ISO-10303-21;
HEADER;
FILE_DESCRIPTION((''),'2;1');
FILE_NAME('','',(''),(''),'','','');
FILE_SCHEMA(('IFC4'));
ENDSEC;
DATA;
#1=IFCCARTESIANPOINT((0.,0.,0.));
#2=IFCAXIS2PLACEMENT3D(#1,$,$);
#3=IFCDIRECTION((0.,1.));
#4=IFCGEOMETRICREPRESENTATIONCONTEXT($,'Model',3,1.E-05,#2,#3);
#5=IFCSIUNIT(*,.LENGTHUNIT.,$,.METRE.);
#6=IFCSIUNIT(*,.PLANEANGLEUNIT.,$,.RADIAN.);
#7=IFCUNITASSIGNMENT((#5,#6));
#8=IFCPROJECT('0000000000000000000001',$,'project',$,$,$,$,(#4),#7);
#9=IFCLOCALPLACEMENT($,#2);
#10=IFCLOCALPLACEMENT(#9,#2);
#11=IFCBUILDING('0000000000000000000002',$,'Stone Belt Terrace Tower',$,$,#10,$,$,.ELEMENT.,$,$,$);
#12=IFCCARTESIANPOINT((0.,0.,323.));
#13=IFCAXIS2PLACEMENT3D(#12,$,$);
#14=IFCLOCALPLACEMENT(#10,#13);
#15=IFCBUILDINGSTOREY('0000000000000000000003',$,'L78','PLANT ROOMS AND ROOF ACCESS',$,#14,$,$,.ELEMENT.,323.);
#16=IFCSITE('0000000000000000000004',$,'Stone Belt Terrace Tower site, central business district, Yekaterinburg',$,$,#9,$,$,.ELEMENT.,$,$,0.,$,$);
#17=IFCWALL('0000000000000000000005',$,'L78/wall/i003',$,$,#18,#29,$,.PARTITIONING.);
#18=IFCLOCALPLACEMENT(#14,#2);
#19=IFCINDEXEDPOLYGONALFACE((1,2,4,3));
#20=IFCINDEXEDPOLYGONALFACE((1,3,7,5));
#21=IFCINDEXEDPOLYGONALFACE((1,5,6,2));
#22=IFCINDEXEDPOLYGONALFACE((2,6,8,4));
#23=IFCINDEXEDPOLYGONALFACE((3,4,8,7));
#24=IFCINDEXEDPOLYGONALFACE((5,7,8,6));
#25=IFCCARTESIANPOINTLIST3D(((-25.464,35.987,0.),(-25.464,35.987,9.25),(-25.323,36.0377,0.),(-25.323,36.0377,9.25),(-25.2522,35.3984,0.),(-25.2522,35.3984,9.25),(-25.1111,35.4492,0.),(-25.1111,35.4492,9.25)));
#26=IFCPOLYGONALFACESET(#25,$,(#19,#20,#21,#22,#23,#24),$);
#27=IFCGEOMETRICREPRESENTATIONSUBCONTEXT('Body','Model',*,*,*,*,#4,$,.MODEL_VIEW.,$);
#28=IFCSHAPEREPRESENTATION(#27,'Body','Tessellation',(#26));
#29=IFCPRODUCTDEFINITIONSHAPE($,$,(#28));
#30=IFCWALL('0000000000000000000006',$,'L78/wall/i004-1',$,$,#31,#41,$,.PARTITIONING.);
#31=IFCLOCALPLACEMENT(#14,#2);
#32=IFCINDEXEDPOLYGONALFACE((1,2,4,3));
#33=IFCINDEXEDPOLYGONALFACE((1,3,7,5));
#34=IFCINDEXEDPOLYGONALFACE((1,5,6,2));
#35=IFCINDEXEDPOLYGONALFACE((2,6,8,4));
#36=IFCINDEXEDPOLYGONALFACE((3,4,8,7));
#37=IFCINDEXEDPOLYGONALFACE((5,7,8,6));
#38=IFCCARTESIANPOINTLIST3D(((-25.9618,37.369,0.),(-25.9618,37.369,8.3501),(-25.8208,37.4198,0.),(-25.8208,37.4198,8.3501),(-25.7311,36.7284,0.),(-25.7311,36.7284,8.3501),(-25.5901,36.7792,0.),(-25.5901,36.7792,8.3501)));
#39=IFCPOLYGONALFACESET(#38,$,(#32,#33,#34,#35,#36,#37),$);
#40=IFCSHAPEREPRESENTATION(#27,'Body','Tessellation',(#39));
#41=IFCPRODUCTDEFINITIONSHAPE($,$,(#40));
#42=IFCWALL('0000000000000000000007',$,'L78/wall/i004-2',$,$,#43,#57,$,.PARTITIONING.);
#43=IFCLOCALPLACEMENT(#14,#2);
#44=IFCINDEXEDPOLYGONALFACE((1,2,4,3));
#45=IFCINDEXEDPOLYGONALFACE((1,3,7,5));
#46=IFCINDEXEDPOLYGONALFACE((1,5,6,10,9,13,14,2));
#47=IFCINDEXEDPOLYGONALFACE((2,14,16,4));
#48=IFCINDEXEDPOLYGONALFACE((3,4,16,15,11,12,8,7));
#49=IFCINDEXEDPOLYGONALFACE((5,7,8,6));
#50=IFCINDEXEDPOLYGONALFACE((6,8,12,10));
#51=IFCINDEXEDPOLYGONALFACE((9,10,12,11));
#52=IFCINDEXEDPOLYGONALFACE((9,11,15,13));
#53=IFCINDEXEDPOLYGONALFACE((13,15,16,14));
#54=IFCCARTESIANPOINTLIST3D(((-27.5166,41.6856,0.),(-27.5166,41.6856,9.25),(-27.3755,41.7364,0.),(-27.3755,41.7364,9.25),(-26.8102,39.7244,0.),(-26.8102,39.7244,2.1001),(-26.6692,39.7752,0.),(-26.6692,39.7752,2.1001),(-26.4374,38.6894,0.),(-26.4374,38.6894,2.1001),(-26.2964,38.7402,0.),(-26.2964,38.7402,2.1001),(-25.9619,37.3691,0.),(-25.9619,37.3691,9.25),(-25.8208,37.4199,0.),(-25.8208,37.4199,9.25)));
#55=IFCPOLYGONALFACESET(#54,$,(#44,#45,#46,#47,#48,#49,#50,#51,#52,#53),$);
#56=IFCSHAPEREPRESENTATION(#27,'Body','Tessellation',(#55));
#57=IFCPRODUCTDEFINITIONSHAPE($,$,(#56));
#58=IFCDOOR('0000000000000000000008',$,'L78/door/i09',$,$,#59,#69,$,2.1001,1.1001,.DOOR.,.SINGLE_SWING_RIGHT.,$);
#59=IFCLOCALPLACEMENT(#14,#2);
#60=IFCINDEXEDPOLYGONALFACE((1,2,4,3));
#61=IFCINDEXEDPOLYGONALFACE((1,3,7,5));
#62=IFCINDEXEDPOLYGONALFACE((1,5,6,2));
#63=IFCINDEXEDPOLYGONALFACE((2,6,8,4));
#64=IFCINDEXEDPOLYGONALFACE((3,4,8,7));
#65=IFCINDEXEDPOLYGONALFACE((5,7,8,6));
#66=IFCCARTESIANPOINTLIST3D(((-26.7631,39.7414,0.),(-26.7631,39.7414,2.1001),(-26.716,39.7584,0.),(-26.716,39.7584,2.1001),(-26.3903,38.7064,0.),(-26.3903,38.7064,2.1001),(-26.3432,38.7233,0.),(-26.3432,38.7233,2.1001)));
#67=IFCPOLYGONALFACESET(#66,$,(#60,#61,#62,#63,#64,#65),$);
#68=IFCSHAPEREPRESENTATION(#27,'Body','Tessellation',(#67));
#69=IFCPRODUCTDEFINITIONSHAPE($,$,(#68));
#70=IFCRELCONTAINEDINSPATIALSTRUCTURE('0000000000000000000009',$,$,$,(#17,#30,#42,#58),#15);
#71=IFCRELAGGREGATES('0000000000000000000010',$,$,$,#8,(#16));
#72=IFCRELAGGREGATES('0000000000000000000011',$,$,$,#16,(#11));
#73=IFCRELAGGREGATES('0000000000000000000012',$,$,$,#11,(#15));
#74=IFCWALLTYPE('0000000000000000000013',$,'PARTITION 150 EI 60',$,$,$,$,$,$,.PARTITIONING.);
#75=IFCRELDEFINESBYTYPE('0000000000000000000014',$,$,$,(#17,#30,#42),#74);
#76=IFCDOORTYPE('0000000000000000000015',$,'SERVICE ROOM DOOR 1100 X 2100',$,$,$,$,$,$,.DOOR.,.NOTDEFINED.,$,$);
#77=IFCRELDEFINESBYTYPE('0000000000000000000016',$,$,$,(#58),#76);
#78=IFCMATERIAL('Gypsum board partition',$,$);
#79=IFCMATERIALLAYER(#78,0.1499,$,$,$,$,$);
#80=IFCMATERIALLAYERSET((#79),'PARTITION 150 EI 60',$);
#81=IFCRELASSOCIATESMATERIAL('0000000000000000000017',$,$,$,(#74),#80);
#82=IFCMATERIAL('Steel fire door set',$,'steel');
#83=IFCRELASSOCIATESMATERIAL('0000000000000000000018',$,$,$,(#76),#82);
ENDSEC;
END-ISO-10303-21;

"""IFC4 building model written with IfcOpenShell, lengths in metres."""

from ifc_helpers import new_model, si_unit, direction, frame, frame_2d, origin, place, context, subcontext, project, spatial, rectangle, extrude, material, layer, layer_set, type_object, element, fill, save


model = new_model("IFC4")

# Units and contexts
model_context = context("Model", 3, precision=1e-05, world=origin(), true_north=direction((0.0, 1.0)))
body_context = subcontext(model_context, "Body", "Model", "MODEL_VIEW")
ifc_project = project(units=[si_unit("LENGTHUNIT", "METRE"), si_unit("PLANEANGLEUNIT", "RADIAN")], contexts=[model_context])

# Site, building, storey
site_placement = place(None, origin())
site = spatial("IfcSite", under=ifc_project, at=site_placement, Name="Stone Belt Terrace Tower site, central business district, Yekaterinburg", CompositionType="ELEMENT", RefElevation=0.0)
building_placement = place(site_placement, origin())
building = spatial("IfcBuilding", under=site, at=building_placement, Name="Stone Belt Terrace Tower", CompositionType="ELEMENT")
storey_placement = place(building_placement, frame((0.0, 0.0, 323.0)))
storey = spatial("IfcBuildingStorey", under=building, at=storey_placement, Name="L78", Description="PLANT ROOMS AND ROOF ACCESS", CompositionType="ELEMENT", Elevation=323.0)

# Walls
ifc_material_1 = material(Name="Gypsum board partition")
ifc_layer_1 = layer(ifc_material_1, 0.1499)
ifc_layer_set_1 = layer_set([ifc_layer_1], Name="PARTITION 150 EI 60")
wall_type = type_object("IfcWallType", Name="PARTITION 150 EI 60", PredefinedType="PARTITIONING", material=ifc_layer_set_1)
wall_1_placement = place(storey_placement, frame((-25.1816, 35.4238, 0.0), z_axis=(0.0, 0.0, 1.0), x_axis=(-0.338733, 0.940882, 0.0)))
element("IfcWall", 1, at=wall_1_placement, inside=storey, type_object=wall_type, Name="L78/wall/i003", PredefinedType="PARTITIONING", context=body_context, shape_type="SweptSolid", body=[
    extrude(rectangle(XDim=0.6255, YDim=0.1499, at=frame_2d((0.3127, 0.0))), origin(), (0.0, 0.0, 1.0), 9.25),
])
wall_2_placement = place(storey_placement, frame((-25.6606, 36.7539, 0.0), z_axis=(0.0, 0.0, 1.0), x_axis=(-0.338834, 0.940846, 0.0)))
element("IfcWall", 2, at=wall_2_placement, inside=storey, type_object=wall_type, Name="L78/wall/i004-1", PredefinedType="PARTITIONING", context=body_context, shape_type="SweptSolid", body=[
    extrude(rectangle(XDim=0.6809, YDim=0.1499, at=frame_2d((0.3403, 0.0))), origin(), (0.0, 0.0, 1.0), 8.3501),
])

# Wall, opening, door
wall_3_placement = place(storey_placement, frame((-25.8914, 37.3945, 0.0), z_axis=(0.0, 0.0, 1.0), x_axis=(-0.33887, 0.940833, 0.0)))
wall_3 = element("IfcWall", 3, at=wall_3_placement, inside=storey, type_object=wall_type, Name="L78/wall/i004-2", PredefinedType="PARTITIONING", context=body_context, shape_type="SweptSolid", body=[
    extrude(rectangle(XDim=4.5879, YDim=0.1499, at=frame_2d((2.2939, 0.0))), origin(), (0.0, 0.0, 1.0), 9.25),
])
opening_placement = place(wall_3_placement, frame((1.4033, 0.0, 0.0)))
opening = element("IfcOpeningElement", 4, at=opening_placement, cuts=wall_3, PredefinedType="OPENING", context=body_context, shape_type="SweptSolid", body=[
    extrude(rectangle(XDim=1.1001, YDim=2.1001, at=frame_2d((0.55, 1.05))), frame((0.0, 0.085, 0.0), z_axis=(0.0, -1.0, 0.0), x_axis=(1.0, 0.0, 0.0)), (0.0, 0.0, 1.0), 0.1699),
])
ifc_material_2 = material(Name="Steel fire door set", Category="steel")
door_type = type_object("IfcDoorType", Name="SERVICE ROOM DOOR 1100 X 2100", OperationType="NOTDEFINED", PredefinedType="DOOR", material=ifc_material_2)
door_placement = place(opening_placement, origin())
door = element("IfcDoor", 5, at=door_placement, inside=storey, type_object=door_type, Name="L78/door/i09", OperationType="SINGLE_SWING_RIGHT", OverallHeight=2.1001, OverallWidth=1.1001, PredefinedType="DOOR", context=body_context, shape_type="SweptSolid", body=[
    extrude(rectangle(XDim=1.1001, YDim=2.1001, at=frame_2d((0.55, 1.05))), frame((0.0, 0.0249, 0.0), z_axis=(0.0, -1.0, 0.0), x_axis=(1.0, 0.0, 0.0)), (0.0, 0.0, 1.0), 0.05),
])
fill(opening, door)

save(model, "model.ifc")
